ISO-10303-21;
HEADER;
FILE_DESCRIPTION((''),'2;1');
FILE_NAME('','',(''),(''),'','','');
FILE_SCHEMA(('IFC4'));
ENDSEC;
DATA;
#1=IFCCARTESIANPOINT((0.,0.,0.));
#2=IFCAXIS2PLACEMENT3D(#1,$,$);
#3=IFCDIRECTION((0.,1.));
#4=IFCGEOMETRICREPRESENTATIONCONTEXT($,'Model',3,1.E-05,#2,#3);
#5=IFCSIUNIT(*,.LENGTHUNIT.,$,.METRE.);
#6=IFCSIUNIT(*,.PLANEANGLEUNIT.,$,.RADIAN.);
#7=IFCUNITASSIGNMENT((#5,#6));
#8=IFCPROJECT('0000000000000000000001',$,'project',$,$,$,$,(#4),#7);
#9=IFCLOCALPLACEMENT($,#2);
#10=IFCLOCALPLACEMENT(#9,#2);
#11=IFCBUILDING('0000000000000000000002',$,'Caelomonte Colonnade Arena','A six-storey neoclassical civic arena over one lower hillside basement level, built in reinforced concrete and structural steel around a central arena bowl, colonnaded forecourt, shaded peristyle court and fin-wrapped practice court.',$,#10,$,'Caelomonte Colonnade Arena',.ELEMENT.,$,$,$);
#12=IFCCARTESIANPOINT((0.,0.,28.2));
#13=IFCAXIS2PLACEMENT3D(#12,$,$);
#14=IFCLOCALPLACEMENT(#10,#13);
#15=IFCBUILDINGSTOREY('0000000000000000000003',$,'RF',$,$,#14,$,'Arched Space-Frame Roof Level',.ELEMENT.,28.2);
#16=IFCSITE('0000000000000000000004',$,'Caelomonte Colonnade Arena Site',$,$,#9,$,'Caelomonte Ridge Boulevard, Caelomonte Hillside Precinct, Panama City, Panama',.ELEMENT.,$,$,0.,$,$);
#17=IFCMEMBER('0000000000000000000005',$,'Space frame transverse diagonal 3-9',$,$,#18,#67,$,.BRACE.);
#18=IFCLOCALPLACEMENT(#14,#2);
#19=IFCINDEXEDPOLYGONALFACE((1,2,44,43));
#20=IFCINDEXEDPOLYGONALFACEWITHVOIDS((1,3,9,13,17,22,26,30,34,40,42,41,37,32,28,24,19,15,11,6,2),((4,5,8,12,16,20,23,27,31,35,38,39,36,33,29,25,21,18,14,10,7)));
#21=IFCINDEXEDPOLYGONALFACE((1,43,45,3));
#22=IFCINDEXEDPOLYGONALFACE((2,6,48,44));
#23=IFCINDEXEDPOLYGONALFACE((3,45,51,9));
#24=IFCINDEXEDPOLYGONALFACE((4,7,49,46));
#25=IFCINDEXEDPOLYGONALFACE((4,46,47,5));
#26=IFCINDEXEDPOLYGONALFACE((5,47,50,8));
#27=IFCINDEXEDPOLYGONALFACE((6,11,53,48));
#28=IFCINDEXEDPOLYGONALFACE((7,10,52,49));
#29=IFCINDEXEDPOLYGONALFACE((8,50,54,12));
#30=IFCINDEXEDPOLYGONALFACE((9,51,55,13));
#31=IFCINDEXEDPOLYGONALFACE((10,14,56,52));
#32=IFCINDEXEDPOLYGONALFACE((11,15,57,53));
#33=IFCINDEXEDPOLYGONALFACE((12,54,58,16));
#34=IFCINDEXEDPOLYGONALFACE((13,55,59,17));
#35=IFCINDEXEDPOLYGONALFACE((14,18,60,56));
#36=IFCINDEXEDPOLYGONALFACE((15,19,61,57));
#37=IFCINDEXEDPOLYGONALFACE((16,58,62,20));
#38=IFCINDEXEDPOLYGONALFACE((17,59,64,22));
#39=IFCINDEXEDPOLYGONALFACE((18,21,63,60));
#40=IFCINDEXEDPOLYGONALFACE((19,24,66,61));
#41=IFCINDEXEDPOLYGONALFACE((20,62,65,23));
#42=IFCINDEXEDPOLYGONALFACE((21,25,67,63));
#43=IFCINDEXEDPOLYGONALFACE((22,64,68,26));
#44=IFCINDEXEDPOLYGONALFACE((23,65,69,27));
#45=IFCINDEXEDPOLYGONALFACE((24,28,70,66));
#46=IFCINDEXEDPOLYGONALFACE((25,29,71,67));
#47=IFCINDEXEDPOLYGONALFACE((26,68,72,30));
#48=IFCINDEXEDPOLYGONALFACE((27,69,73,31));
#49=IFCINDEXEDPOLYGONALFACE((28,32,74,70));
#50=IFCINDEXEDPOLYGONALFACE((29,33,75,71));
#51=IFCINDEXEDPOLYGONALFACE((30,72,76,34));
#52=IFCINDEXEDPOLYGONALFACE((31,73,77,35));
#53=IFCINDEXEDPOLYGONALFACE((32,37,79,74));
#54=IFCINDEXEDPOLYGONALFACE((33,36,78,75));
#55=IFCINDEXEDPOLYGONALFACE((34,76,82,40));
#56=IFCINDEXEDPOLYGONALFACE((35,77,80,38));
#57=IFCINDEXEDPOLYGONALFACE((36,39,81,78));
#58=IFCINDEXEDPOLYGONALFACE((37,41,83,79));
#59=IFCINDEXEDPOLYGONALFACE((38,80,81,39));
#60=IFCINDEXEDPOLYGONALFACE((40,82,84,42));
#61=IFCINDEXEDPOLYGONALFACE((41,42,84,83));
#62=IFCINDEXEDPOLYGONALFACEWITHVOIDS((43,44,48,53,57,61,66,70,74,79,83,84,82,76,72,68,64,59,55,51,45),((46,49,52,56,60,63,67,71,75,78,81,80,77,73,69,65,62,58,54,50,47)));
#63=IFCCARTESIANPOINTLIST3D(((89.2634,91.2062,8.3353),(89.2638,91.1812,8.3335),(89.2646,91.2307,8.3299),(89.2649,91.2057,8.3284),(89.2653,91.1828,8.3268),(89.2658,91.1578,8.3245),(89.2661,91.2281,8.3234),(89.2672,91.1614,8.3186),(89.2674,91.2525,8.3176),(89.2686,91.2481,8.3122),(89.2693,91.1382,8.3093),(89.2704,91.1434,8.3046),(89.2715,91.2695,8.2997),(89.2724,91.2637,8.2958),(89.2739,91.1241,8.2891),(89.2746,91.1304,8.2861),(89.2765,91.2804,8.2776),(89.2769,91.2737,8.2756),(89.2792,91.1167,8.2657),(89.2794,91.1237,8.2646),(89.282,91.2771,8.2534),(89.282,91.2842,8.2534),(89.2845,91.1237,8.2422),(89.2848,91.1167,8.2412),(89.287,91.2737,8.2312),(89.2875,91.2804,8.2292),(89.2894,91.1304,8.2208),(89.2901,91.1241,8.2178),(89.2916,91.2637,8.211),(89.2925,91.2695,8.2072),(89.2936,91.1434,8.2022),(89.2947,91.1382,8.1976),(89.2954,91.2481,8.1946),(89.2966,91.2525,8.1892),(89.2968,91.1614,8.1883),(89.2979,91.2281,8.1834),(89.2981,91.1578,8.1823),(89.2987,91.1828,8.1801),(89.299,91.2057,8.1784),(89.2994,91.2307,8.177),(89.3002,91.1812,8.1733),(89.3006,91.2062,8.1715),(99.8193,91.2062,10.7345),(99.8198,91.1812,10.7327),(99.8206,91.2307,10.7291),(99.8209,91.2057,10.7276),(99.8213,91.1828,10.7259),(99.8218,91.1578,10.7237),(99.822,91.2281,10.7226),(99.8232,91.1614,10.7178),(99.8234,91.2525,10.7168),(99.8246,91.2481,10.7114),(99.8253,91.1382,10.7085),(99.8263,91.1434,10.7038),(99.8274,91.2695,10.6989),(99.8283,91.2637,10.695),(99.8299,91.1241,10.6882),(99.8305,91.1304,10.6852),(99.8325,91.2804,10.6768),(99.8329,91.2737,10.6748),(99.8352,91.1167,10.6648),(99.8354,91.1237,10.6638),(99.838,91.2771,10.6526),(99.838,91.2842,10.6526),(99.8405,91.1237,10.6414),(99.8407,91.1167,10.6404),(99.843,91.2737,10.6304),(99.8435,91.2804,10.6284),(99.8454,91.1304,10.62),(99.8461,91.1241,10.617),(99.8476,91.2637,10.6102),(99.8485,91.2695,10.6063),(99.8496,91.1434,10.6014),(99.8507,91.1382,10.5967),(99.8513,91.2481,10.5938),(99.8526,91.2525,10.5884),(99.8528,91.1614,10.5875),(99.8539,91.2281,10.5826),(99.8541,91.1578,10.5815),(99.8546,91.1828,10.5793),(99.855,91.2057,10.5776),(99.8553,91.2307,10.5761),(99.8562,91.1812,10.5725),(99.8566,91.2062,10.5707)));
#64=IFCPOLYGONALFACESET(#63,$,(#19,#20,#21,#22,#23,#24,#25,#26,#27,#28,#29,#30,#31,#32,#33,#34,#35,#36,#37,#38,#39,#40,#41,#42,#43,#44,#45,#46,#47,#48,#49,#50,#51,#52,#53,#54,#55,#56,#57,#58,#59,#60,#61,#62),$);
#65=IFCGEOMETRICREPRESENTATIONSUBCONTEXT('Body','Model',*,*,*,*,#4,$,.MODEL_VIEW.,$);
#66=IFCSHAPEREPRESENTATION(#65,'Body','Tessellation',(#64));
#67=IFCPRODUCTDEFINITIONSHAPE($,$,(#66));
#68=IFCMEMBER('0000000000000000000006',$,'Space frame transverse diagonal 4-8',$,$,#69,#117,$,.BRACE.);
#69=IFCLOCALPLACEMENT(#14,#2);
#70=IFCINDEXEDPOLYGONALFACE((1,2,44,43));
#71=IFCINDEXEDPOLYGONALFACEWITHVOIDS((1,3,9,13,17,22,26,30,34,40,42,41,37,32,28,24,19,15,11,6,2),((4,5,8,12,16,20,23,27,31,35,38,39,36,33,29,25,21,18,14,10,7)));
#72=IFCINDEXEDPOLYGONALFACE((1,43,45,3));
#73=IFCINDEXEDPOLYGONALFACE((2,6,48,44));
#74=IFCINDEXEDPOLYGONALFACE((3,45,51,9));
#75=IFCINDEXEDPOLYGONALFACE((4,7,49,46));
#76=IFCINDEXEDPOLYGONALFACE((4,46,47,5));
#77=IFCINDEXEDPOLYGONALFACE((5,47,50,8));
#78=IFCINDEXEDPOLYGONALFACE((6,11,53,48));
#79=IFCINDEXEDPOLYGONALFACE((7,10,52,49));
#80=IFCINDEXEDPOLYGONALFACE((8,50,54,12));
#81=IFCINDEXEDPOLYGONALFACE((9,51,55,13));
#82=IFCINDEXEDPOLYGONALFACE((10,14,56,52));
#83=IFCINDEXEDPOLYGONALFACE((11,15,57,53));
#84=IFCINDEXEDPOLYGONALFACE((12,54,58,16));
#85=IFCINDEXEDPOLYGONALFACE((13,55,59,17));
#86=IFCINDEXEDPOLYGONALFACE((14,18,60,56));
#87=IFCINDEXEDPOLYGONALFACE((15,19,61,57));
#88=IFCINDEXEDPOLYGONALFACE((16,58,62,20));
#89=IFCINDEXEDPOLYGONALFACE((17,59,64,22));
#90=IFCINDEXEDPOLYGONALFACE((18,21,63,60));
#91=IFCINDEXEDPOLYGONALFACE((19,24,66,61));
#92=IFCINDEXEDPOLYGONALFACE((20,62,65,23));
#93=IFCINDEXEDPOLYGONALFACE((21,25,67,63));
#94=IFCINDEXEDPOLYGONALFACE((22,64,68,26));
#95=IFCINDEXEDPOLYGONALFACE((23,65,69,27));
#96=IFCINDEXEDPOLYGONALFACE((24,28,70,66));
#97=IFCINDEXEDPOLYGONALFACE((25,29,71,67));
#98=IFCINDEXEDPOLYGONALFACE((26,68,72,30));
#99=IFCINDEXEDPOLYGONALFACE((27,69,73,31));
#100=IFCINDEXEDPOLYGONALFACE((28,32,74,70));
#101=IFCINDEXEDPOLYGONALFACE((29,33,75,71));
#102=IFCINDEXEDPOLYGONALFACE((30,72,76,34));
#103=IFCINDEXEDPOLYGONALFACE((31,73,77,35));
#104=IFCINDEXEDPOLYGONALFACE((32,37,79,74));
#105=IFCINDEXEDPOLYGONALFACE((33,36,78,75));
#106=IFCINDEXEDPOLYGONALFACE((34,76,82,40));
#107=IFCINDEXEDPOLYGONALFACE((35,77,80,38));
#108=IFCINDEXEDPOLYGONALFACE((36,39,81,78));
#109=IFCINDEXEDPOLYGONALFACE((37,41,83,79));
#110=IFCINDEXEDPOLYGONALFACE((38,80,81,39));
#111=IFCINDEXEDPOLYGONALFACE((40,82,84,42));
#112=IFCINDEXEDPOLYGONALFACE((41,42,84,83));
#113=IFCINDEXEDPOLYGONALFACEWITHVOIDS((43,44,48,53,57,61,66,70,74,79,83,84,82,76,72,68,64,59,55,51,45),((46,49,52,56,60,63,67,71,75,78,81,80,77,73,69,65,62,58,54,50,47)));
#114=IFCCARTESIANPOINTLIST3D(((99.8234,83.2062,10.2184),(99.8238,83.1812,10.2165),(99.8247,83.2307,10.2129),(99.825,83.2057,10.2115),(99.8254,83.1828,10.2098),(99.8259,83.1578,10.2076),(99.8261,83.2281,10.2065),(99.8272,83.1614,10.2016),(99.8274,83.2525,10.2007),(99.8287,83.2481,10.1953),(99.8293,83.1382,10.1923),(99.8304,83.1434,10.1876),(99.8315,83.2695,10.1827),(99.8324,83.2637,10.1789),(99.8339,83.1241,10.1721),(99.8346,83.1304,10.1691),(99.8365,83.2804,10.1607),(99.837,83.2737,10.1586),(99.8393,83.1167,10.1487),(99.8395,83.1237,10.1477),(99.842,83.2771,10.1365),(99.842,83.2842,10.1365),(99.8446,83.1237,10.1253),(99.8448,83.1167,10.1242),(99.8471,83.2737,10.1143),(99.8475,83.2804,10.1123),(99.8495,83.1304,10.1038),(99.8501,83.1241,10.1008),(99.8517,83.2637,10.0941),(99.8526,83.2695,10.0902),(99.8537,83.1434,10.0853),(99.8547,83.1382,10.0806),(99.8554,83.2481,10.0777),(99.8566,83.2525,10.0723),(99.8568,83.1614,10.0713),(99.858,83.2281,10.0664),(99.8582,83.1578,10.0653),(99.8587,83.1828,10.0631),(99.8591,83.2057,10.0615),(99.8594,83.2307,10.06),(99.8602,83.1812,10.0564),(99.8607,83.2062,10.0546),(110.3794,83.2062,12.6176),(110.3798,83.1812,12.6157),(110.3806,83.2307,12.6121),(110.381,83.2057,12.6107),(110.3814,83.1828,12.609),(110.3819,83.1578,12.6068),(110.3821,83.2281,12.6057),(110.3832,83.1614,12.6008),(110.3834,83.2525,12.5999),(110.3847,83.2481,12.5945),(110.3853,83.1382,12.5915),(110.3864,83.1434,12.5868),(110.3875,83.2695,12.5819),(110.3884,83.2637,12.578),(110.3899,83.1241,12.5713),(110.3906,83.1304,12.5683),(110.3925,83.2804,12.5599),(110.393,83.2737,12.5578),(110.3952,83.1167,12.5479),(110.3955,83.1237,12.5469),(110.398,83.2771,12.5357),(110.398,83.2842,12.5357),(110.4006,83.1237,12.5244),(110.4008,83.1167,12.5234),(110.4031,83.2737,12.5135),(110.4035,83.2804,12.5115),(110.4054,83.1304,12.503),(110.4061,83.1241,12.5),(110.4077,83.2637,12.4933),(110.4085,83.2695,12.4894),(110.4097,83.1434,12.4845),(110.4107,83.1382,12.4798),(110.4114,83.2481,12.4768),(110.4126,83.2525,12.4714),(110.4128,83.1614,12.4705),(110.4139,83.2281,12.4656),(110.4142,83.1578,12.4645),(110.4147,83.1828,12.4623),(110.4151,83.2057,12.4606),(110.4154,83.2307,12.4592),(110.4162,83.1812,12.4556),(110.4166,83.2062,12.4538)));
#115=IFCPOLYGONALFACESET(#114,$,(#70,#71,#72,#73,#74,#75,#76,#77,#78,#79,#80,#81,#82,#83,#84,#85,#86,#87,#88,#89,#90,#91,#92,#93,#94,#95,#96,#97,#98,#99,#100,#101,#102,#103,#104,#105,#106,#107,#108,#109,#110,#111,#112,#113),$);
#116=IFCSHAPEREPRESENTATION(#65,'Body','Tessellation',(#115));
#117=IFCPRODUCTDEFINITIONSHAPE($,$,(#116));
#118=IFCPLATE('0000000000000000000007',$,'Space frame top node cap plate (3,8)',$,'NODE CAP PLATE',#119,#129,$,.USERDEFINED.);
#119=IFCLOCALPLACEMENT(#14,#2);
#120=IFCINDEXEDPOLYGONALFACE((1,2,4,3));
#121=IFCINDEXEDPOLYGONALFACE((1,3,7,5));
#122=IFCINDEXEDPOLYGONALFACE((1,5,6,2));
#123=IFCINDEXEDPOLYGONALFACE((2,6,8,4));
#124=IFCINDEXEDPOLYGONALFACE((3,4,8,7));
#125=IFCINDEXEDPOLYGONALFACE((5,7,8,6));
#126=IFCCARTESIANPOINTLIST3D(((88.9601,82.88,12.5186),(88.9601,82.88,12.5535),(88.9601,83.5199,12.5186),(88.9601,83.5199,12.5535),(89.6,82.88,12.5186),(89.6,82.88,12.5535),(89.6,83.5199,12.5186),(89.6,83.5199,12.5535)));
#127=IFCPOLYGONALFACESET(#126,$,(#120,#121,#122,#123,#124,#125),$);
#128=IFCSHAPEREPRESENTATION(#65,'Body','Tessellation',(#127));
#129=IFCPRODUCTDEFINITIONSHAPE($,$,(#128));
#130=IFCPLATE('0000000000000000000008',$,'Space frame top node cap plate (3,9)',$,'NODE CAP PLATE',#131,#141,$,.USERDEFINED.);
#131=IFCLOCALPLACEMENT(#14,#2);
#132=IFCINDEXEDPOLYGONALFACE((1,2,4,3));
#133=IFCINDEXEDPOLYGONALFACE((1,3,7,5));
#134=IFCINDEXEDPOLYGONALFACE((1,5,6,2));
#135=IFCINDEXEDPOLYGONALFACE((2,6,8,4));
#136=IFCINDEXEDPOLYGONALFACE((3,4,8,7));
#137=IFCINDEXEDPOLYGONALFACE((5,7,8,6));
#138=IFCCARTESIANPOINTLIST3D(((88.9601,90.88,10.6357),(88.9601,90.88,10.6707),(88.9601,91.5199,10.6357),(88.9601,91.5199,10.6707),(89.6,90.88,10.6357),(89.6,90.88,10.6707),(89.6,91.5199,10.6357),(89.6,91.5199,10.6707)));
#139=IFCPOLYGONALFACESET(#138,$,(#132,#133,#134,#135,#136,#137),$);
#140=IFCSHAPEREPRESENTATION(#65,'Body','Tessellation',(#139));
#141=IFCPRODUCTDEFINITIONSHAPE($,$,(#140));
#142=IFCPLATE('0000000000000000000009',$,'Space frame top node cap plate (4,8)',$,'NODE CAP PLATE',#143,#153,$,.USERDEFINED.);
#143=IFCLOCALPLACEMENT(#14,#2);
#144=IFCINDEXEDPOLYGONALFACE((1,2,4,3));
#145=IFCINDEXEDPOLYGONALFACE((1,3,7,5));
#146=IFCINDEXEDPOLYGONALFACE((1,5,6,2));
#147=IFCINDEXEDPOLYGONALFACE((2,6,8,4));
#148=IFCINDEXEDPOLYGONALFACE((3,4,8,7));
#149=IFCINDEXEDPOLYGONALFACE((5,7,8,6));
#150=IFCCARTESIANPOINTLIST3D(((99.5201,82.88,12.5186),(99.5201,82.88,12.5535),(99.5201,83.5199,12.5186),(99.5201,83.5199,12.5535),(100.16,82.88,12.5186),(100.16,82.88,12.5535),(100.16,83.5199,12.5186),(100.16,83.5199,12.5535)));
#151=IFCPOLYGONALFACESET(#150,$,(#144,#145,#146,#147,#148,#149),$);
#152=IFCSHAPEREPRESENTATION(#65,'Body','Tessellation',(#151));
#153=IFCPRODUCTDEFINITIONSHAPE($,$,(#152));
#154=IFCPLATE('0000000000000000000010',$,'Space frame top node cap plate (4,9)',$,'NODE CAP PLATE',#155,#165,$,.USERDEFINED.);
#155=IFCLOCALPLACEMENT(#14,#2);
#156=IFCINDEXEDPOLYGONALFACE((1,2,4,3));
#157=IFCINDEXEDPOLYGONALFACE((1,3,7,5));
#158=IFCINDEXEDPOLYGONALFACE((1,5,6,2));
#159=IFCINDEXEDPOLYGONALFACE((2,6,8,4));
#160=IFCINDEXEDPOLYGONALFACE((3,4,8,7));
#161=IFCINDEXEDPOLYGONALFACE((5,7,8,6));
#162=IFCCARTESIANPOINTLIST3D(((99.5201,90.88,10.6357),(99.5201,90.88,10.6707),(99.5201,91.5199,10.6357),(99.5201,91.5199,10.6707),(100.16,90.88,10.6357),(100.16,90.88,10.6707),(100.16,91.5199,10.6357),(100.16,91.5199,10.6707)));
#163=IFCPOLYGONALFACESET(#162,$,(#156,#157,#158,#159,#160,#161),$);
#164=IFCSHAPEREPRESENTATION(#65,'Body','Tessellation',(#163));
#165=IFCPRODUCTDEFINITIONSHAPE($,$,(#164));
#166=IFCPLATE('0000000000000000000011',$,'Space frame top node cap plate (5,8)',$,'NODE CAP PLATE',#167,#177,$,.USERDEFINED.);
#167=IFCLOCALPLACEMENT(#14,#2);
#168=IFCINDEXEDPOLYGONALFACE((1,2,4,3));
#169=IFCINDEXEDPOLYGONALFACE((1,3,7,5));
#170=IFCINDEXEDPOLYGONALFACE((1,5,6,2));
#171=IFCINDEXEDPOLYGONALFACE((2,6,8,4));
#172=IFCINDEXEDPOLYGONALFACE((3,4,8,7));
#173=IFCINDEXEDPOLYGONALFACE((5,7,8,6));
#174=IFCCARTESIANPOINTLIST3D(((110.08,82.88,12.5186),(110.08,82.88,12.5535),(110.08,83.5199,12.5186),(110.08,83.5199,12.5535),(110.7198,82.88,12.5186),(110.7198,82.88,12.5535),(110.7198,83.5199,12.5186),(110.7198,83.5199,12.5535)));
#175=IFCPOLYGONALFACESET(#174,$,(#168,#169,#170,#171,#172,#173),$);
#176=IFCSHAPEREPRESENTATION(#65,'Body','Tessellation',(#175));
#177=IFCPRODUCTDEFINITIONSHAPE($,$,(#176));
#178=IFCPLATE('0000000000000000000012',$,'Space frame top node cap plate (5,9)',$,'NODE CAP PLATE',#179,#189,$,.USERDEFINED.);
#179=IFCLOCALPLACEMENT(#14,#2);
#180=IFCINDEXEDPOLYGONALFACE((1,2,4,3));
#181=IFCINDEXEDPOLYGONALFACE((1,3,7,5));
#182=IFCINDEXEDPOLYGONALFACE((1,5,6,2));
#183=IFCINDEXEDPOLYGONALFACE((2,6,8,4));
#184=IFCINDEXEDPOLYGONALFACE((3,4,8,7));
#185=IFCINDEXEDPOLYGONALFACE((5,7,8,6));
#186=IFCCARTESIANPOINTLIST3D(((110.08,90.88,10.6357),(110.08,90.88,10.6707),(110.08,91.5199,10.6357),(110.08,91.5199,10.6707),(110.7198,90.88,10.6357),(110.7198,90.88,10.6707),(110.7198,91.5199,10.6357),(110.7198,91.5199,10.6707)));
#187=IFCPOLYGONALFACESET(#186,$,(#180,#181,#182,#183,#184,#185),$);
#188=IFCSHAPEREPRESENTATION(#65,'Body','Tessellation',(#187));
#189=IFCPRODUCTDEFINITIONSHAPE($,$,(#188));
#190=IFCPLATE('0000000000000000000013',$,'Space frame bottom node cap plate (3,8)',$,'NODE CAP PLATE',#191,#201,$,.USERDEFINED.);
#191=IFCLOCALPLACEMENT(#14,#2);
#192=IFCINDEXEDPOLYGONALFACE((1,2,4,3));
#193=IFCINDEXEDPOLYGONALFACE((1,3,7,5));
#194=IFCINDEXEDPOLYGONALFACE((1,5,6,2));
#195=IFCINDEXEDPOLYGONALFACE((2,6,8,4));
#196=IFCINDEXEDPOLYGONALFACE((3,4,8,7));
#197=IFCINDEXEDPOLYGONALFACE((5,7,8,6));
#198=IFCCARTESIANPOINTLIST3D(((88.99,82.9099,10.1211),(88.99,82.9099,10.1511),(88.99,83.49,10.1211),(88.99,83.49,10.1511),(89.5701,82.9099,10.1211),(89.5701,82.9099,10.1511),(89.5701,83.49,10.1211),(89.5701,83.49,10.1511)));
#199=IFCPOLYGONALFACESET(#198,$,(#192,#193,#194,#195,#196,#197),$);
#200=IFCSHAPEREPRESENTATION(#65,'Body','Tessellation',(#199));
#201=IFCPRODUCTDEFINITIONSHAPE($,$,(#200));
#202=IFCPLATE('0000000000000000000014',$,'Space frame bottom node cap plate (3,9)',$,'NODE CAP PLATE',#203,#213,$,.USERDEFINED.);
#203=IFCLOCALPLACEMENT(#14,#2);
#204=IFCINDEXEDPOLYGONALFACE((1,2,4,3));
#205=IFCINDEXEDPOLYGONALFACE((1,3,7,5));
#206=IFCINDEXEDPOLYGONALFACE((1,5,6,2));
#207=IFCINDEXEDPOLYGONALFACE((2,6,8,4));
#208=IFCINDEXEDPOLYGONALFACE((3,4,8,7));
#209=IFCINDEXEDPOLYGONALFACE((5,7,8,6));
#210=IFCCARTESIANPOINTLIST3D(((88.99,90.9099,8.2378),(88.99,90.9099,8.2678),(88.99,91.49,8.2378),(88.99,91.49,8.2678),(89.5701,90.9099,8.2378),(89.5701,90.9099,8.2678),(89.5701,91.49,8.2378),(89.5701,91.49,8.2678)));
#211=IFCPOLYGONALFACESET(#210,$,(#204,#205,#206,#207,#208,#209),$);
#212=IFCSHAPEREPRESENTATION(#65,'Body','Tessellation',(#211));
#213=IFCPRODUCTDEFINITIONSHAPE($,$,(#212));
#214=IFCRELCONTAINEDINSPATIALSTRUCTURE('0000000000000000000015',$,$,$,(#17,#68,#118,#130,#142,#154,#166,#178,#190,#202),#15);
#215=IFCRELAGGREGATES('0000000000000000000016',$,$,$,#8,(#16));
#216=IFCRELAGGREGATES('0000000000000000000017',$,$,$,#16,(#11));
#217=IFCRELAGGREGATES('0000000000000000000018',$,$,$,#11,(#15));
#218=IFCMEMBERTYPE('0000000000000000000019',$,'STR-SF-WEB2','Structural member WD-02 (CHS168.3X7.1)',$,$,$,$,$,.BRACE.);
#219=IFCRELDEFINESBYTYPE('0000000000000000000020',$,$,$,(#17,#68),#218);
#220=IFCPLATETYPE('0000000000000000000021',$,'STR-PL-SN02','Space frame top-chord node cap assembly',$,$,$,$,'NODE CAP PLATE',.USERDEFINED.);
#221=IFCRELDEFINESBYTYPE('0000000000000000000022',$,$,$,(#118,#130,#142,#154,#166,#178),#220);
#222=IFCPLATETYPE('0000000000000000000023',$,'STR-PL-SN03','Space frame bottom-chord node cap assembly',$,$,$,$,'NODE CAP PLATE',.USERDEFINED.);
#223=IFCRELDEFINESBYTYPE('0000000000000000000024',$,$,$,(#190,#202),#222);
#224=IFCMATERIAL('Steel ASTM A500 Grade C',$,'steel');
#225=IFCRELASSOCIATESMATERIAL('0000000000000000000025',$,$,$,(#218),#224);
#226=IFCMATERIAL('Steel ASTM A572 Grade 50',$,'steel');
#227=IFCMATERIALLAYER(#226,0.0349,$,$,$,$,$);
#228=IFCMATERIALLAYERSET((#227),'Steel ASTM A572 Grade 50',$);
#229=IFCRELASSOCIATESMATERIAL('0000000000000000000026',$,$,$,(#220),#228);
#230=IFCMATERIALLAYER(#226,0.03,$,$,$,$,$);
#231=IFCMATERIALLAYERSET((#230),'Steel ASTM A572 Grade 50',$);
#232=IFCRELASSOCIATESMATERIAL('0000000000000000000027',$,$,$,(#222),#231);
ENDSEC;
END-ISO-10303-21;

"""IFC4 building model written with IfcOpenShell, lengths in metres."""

from ifc_helpers import new_model, si_unit, direction, frame, origin, origin_2d, place, context, subcontext, project, spatial, rectangle, hollow_circle, extrude, material, layer, layer_set, material_profile, profile_set, type_object, element, save


model = new_model("IFC4")

# Units and contexts
model_context = context("Model", 3, precision=1e-05, world=origin(), true_north=direction((0.0, 1.0)))
body_context = subcontext(model_context, "Body", "Model", "MODEL_VIEW")
ifc_project = project(units=[si_unit("LENGTHUNIT", "METRE"), si_unit("PLANEANGLEUNIT", "RADIAN")], contexts=[model_context])

# Site, building, storey
site_placement = place(None, origin())
site = spatial("IfcSite", under=ifc_project, at=site_placement, Name="Caelomonte Colonnade Arena Site", LongName="Caelomonte Ridge Boulevard, Caelomonte Hillside Precinct, Panama City, Panama", CompositionType="ELEMENT", RefElevation=0.0)
building_placement = place(site_placement, origin())
building = spatial("IfcBuilding", under=site, at=building_placement, Name="Caelomonte Colonnade Arena", Description="A six-storey neoclassical civic arena over one lower hillside basement level, built in reinforced concrete and structural steel around a central arena bowl, colonnaded forecourt, shaded peristyle court and fin-wrapped practice court.", LongName="Caelomonte Colonnade Arena", CompositionType="ELEMENT")
storey_placement = place(building_placement, frame((0.0, 0.0, 28.2)))
storey = spatial("IfcBuildingStorey", under=building, at=storey_placement, Name="RF", LongName="Arched Space-Frame Roof Level", CompositionType="ELEMENT", Elevation=28.2)

# Members
ifc_material_1 = material(Name="Steel ASTM A500 Grade C", Category="steel")
ifc_material_profile_1 = material_profile(ifc_material_1, hollow_circle(Radius=0.0842, WallThickness=0.0071, at=origin_2d()), Name="CHS168.3X7.1")
ifc_profile_set_1 = profile_set([ifc_material_profile_1], Name="Steel ASTM A500 Grade C")
member_type_1 = type_object("IfcMemberType", Name="STR-SF-WEB2", Description="Structural member WD-02 (CHS168.3X7.1)", PredefinedType="BRACE", material=ifc_profile_set_1)
for number, where, z_axis, x_axis, name in (
    (1, (89.282, 91.2, 8.2534), (0.975131, 0.0, 0.22163), (0.0, 1.0, 0.0), "Space frame transverse diagonal 3-9"),
    (2, (99.842, 83.2, 10.1365), (0.975131, 0.0, 0.22163), (0.0, 1.0, 0.0), "Space frame transverse diagonal 4-8"),
):
    element("IfcMember", number, at=place(storey_placement, frame(where, z_axis=z_axis, x_axis=x_axis)), inside=storey, type_object=member_type_1, Name=name, PredefinedType="BRACE", context=body_context, shape_type="SweptSolid", body=[
        extrude(hollow_circle(Radius=0.0842, WallThickness=0.0071, at=origin_2d()), origin(), (0.0, 0.0, 1.0), 10.8252),
    ])

# Plates
ifc_material_2 = material(Name="Steel ASTM A572 Grade 50", Category="steel")
ifc_layer_1 = layer(ifc_material_2, 0.0349)
ifc_layer_set_1 = layer_set([ifc_layer_1], Name="Steel ASTM A572 Grade 50")
plate_type_1 = type_object("IfcPlateType", Name="STR-PL-SN02", Description="Space frame top-chord node cap assembly", ElementType="NODE CAP PLATE", PredefinedType="USERDEFINED", material=ifc_layer_set_1)
for number, where, z_axis, x_axis, name in (
    (3, (89.28, 83.2, 12.5186), (0.0, 0.0, 1.0), (1.0, 0.0, 0.0), "Space frame top node cap plate (3,8)"),
    (4, (89.28, 91.2, 10.6357), (0.0, 0.0, 1.0), (1.0, 0.0, 0.0), "Space frame top node cap plate (3,9)"),
    (5, (99.8401, 83.2, 12.5186), (0.0, 0.0, 1.0), (1.0, 0.0, 0.0), "Space frame top node cap plate (4,8)"),
    (6, (99.8401, 91.2, 10.6357), (0.0, 0.0, 1.0), (1.0, 0.0, 0.0), "Space frame top node cap plate (4,9)"),
    (7, (110.3999, 83.2, 12.5186), (0.0, 0.0, 1.0), (1.0, 0.0, 0.0), "Space frame top node cap plate (5,8)"),
    (8, (110.3999, 91.2, 10.6357), (0.0, 0.0, 1.0), (1.0, 0.0, 0.0), "Space frame top node cap plate (5,9)"),
):
    element("IfcPlate", number, at=place(storey_placement, frame(where, z_axis=z_axis, x_axis=x_axis)), inside=storey, type_object=plate_type_1, Name=name, ObjectType="NODE CAP PLATE", PredefinedType="USERDEFINED", context=body_context, shape_type="SweptSolid", body=[
        extrude(rectangle(XDim=0.6399, YDim=0.6399, at=origin_2d()), origin(), (0.0, 0.0, 1.0), 0.0349),
    ])
ifc_layer_2 = layer(ifc_material_2, 0.03)
ifc_layer_set_2 = layer_set([ifc_layer_2], Name="Steel ASTM A572 Grade 50")
plate_type_2 = type_object("IfcPlateType", Name="STR-PL-SN03", Description="Space frame bottom-chord node cap assembly", ElementType="NODE CAP PLATE", PredefinedType="USERDEFINED", material=ifc_layer_set_2)
for number, where, z_axis, x_axis, name in (
    (9, (89.28, 83.2, 10.1211), (0.0, 0.0, 1.0), (1.0, 0.0, 0.0), "Space frame bottom node cap plate (3,8)"),
    (10, (89.28, 91.2, 8.2378), (0.0, 0.0, 1.0), (1.0, 0.0, 0.0), "Space frame bottom node cap plate (3,9)"),
):
    element("IfcPlate", number, at=place(storey_placement, frame(where, z_axis=z_axis, x_axis=x_axis)), inside=storey, type_object=plate_type_2, Name=name, ObjectType="NODE CAP PLATE", PredefinedType="USERDEFINED", context=body_context, shape_type="SweptSolid", body=[
        extrude(rectangle(XDim=0.5801, YDim=0.5801, at=origin_2d()), origin(), (0.0, 0.0, 1.0), 0.03),
    ])

save(model, "model.ifc")
